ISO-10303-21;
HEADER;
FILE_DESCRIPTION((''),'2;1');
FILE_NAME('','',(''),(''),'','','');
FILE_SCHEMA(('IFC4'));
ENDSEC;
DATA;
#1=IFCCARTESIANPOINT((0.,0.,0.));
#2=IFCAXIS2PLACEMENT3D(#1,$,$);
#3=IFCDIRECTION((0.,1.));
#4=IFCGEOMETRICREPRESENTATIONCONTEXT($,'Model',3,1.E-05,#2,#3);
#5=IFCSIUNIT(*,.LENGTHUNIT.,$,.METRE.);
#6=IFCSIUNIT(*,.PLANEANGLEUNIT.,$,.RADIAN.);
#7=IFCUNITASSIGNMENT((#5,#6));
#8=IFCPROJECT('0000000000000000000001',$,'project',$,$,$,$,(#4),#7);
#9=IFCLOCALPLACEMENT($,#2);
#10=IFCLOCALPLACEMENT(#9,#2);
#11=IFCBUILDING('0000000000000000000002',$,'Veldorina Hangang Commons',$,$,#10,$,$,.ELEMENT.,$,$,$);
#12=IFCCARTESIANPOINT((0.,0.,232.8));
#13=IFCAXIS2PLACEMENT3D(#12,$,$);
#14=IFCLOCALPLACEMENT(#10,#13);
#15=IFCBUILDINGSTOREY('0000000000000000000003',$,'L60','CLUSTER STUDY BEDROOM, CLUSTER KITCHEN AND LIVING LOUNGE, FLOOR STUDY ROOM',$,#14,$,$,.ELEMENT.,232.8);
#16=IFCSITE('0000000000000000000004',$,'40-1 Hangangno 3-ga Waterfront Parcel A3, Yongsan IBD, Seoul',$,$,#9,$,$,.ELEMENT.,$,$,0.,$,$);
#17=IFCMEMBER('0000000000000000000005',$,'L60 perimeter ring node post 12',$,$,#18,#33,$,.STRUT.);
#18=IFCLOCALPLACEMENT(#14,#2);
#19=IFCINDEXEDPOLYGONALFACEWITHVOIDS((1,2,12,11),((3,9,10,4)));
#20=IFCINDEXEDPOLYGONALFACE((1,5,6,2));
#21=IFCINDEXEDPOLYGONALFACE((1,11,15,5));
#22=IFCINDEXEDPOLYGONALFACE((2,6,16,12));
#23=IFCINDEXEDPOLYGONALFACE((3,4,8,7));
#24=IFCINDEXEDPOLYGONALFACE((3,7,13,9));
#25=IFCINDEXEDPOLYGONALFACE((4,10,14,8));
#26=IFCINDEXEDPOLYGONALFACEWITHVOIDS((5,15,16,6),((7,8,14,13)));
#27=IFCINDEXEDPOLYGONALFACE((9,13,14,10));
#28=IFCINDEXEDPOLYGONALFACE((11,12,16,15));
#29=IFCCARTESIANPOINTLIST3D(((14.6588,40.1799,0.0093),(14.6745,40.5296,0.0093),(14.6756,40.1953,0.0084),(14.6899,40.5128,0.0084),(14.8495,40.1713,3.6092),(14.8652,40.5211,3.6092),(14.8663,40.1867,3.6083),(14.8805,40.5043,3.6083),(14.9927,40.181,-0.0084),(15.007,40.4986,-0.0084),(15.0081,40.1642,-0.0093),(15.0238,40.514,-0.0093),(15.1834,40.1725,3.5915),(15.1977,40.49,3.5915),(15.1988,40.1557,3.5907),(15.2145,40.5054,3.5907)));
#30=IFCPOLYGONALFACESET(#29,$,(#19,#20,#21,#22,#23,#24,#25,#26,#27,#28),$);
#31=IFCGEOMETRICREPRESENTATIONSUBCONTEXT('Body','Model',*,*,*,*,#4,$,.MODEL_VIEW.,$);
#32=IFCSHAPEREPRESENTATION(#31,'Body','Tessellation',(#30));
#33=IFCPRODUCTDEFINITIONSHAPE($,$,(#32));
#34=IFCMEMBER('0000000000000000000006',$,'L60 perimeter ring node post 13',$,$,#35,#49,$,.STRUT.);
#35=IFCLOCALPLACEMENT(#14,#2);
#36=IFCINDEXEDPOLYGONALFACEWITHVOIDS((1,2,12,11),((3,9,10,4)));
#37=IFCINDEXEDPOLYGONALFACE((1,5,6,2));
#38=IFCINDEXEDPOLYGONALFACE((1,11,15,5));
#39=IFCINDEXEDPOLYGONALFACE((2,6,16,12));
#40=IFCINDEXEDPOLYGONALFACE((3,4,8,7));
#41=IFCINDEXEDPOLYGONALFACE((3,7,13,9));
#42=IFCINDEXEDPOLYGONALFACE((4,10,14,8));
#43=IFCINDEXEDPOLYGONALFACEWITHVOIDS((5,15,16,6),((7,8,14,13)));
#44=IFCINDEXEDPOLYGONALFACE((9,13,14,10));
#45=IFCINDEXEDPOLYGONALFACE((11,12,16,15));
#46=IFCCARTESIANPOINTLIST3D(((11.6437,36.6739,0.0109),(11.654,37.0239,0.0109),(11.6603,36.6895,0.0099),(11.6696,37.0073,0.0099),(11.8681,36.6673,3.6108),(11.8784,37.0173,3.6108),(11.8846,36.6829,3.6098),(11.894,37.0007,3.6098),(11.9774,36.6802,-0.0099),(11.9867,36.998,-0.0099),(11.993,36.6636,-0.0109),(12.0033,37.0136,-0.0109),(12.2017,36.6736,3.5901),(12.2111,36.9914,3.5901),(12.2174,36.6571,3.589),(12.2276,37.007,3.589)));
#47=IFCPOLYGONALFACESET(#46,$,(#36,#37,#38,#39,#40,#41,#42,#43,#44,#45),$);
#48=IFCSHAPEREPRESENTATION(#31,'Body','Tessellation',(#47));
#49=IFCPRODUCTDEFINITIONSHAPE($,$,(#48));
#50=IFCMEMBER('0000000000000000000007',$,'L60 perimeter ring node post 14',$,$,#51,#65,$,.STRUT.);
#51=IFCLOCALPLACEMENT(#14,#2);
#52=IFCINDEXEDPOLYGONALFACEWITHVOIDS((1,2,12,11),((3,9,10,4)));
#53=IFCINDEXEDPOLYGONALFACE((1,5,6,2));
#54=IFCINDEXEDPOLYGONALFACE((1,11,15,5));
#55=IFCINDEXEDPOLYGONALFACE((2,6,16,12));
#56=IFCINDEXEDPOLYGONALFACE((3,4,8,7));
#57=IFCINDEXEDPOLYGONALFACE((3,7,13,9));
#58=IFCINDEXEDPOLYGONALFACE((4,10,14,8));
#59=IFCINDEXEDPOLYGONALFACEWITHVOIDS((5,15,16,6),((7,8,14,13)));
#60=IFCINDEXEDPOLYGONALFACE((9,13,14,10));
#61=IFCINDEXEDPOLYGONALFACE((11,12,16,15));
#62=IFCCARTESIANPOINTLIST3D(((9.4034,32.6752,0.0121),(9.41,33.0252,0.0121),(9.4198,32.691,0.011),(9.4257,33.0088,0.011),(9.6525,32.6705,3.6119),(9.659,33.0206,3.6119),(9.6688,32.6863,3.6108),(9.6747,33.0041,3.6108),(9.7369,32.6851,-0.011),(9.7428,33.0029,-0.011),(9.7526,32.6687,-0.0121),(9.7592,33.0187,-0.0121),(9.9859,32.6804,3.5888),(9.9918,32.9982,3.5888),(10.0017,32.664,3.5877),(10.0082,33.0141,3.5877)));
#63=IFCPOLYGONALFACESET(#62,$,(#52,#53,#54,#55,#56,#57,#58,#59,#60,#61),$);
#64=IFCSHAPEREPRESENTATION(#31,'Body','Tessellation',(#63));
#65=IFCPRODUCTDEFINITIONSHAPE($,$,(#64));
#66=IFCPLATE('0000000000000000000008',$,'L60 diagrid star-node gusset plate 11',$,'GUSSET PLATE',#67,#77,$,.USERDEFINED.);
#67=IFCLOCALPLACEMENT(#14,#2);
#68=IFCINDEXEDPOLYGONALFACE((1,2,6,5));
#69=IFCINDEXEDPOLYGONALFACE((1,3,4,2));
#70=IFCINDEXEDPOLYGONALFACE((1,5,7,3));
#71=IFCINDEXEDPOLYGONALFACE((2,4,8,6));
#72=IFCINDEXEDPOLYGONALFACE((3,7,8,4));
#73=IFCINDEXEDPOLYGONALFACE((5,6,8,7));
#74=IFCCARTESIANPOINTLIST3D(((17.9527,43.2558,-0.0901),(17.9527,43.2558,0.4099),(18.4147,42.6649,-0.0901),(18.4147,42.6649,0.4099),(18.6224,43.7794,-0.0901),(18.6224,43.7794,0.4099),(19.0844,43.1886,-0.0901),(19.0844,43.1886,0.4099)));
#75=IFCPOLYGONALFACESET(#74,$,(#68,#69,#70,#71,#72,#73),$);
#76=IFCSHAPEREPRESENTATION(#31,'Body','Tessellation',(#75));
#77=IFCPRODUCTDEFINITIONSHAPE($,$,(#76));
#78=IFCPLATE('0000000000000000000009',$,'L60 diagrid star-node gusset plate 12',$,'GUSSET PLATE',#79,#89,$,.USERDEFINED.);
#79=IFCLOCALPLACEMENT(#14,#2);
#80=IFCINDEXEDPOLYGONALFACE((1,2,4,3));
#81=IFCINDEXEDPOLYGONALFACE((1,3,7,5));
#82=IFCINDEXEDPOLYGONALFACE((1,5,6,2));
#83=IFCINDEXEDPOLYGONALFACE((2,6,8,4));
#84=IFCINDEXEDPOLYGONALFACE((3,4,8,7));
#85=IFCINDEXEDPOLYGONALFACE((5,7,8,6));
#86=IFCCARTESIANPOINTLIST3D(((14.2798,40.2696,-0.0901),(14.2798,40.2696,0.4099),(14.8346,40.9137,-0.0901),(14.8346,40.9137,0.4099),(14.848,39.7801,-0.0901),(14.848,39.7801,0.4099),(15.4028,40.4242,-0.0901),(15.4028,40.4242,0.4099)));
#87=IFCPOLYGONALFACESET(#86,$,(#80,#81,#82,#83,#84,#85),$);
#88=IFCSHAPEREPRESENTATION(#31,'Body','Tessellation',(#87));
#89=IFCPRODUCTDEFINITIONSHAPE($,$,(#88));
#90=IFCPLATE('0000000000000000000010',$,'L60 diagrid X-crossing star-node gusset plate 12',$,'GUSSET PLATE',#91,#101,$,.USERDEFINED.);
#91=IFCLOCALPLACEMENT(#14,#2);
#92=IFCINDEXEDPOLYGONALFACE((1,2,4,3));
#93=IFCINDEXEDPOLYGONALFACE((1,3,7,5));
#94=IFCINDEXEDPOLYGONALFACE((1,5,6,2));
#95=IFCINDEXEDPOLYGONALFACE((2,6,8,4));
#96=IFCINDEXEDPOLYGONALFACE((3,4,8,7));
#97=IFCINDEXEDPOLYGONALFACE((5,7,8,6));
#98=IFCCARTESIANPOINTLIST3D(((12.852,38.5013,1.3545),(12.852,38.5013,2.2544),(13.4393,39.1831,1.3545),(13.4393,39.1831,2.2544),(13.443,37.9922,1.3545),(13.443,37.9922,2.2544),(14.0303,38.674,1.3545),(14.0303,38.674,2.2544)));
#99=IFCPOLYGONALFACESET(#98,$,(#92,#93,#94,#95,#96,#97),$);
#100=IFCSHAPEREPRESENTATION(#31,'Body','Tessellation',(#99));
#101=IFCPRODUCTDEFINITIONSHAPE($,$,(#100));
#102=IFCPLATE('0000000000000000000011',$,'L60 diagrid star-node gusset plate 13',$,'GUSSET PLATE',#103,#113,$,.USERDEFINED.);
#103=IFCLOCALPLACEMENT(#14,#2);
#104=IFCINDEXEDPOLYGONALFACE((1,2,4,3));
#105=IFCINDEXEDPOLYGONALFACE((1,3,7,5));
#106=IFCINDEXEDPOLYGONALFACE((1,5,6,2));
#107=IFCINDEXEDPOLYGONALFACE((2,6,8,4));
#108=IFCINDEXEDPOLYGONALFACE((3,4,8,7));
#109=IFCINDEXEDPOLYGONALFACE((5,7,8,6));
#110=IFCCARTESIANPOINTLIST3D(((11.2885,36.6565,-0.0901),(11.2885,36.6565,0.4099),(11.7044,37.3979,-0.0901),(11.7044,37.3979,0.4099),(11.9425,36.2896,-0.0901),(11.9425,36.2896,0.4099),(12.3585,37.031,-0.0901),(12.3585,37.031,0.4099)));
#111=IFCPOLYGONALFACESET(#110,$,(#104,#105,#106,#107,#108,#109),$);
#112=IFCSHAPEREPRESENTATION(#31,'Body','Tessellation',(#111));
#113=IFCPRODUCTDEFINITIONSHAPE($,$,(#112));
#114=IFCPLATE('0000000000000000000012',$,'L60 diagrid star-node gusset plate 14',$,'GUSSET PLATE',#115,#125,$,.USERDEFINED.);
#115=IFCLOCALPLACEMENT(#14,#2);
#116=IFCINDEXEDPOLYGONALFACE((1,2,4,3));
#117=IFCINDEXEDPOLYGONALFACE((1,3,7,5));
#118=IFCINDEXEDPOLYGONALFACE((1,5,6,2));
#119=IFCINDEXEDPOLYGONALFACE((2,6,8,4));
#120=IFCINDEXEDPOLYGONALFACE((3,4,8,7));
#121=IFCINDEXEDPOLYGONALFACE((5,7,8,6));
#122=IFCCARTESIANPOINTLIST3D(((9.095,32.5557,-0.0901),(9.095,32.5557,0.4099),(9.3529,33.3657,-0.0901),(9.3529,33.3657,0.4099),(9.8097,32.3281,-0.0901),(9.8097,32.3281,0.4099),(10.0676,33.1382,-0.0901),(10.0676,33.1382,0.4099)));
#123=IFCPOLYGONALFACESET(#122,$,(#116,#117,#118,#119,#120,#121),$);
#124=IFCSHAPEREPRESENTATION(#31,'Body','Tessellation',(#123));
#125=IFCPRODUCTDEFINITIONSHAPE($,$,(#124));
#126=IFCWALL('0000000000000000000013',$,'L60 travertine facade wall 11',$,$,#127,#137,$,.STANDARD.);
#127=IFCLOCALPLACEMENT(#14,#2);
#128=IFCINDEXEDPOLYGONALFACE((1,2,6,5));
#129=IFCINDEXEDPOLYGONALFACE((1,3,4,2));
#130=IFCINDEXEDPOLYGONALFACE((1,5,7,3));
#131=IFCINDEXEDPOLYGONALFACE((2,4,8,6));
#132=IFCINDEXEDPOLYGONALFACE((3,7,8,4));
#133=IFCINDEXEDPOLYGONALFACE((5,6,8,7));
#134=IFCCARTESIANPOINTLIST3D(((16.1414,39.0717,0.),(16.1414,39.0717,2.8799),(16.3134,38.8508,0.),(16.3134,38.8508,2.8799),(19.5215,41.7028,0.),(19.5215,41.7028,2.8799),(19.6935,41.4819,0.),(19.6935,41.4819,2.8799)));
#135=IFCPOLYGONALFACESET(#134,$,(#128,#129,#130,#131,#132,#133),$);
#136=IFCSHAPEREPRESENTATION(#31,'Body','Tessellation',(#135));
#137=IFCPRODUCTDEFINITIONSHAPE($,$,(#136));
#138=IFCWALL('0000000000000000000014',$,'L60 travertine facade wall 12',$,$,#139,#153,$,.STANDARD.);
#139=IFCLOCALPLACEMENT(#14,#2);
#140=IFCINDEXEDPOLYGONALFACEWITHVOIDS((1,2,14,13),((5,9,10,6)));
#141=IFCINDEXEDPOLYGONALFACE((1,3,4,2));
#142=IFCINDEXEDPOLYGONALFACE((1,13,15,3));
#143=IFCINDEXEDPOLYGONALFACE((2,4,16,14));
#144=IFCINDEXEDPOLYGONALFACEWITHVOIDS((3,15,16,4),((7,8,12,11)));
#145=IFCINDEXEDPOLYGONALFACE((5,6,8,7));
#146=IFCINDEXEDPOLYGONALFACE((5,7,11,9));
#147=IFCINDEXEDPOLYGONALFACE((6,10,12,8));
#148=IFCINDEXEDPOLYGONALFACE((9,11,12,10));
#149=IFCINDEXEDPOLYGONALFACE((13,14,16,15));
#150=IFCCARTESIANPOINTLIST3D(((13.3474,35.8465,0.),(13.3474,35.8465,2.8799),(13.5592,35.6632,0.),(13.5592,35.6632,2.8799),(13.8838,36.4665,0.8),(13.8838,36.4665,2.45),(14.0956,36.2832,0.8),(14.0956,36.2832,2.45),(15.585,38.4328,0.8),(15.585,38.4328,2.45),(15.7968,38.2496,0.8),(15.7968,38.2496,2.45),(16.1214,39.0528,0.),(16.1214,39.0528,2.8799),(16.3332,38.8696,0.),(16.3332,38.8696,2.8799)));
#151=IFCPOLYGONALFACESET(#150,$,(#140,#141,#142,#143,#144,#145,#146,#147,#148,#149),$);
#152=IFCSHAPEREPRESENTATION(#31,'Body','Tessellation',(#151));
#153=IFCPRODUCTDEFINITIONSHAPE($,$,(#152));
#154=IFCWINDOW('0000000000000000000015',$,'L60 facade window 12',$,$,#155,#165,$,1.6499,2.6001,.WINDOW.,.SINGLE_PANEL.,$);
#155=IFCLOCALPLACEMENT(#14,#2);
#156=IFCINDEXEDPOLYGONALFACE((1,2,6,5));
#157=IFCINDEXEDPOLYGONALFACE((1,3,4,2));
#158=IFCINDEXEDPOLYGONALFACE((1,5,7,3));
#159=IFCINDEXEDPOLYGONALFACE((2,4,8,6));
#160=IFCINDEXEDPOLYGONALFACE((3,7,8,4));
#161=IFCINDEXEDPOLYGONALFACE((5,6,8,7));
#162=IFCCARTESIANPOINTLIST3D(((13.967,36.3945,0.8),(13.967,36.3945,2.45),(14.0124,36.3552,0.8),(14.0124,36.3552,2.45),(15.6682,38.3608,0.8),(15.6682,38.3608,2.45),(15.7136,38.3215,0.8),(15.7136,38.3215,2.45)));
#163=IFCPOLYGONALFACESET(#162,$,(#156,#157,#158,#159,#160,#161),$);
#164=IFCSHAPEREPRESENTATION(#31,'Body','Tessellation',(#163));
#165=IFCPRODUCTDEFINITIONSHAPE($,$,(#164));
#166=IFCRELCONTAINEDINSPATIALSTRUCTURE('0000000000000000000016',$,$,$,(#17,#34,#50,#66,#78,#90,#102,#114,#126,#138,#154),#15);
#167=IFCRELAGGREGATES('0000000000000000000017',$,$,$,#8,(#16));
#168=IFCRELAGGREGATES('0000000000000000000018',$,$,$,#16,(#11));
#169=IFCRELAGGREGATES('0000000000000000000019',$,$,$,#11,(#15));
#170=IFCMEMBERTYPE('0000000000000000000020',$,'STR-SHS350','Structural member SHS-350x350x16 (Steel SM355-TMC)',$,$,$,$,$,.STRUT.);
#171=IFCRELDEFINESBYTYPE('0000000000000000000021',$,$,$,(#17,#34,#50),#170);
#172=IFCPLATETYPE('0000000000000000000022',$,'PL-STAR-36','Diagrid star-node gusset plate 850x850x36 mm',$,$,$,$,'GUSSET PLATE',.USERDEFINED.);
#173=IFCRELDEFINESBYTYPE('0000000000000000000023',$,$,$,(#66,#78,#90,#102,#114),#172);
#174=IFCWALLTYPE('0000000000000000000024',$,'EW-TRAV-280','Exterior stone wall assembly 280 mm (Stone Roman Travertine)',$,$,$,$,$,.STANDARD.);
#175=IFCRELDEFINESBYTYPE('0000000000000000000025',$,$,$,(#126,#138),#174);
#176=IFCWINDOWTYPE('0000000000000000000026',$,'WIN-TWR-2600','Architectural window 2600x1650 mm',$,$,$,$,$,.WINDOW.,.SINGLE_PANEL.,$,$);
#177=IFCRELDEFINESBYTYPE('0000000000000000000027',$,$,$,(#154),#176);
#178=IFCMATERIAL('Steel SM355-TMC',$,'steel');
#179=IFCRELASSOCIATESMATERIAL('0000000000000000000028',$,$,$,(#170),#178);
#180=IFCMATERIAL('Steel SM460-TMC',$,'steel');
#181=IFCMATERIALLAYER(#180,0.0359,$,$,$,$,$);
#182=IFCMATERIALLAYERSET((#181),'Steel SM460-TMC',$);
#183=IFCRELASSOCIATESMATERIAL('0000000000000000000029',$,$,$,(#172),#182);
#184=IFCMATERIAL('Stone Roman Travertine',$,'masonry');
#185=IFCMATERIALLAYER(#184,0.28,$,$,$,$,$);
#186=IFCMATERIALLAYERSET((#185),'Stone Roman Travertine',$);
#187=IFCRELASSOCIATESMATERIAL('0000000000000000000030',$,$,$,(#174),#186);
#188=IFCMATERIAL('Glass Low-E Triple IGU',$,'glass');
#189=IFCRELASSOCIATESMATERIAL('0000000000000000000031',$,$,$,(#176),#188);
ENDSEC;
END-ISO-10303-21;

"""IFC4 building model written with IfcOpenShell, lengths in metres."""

from ifc_helpers import new_model, si_unit, direction, frame, frame_2d, origin, origin_2d, place, context, subcontext, project, spatial, rectangle, hollow_rectangle, extrude, material, layer, layer_set, material_profile, profile_set, type_object, element, fill, save


model = new_model("IFC4")

# Units and contexts
model_context = context("Model", 3, precision=1e-05, world=origin(), true_north=direction((0.0, 1.0)))
body_context = subcontext(model_context, "Body", "Model", "MODEL_VIEW")
ifc_project = project(units=[si_unit("LENGTHUNIT", "METRE"), si_unit("PLANEANGLEUNIT", "RADIAN")], contexts=[model_context])

# Site, building, storey
site_placement = place(None, origin())
site = spatial("IfcSite", under=ifc_project, at=site_placement, Name="40-1 Hangangno 3-ga Waterfront Parcel A3, Yongsan IBD, Seoul", CompositionType="ELEMENT", RefElevation=0.0)
building_placement = place(site_placement, origin())
building = spatial("IfcBuilding", under=site, at=building_placement, Name="Veldorina Hangang Commons", CompositionType="ELEMENT")
storey_placement = place(building_placement, frame((0.0, 0.0, 232.8)))
storey = spatial("IfcBuildingStorey", under=building, at=storey_placement, Name="L60", Description="CLUSTER STUDY BEDROOM, CLUSTER KITCHEN AND LIVING LOUNGE, FLOOR STUDY ROOM", CompositionType="ELEMENT", Elevation=232.8)

# Shared definitions
ifc_material_1 = material(Name="Steel SM355-TMC", Category="steel")

# Members
ifc_material_profile_1 = material_profile(ifc_material_1, hollow_rectangle(XDim=0.3501, YDim=0.3501, WallThickness=0.0161, at=origin_2d()), Name="SHS-350x350x16")
ifc_profile_set_1 = profile_set([ifc_material_profile_1], Name="Steel SM355-TMC")
member_type_1 = type_object("IfcMemberType", Name="STR-SHS350", Description="Structural member SHS-350x350x16 (Steel SM355-TMC)", PredefinedType="STRUT", material=ifc_profile_set_1)
member_1_placement = place(storey_placement, frame((14.8413, 40.3469, 0.0), z_axis=(0.052893, -0.00237, 0.998597), x_axis=(0.044769, 0.998997, 0.0)))
element("IfcMember", 1, at=member_1_placement, inside=storey, type_object=member_type_1, Name="L60 perimeter ring node post 12", PredefinedType="STRUT", context=body_context, shape_type="SweptSolid", body=[
    extrude(hollow_rectangle(XDim=0.3501, YDim=0.3501, WallThickness=0.0161, at=origin_2d()), origin(), (0.0, 0.0, 1.0), 3.605),
])
member_2_placement = place(storey_placement, frame((11.8235, 36.8438, 0.0), z_axis=(0.062205, -0.001828, 0.998062), x_axis=(0.029367, 0.999569, 0.0)))
element("IfcMember", 2, at=member_2_placement, inside=storey, type_object=member_type_1, Name="L60 perimeter ring node post 13", PredefinedType="STRUT", context=body_context, shape_type="SweptSolid", body=[
    extrude(hollow_rectangle(XDim=0.3501, YDim=0.3501, WallThickness=0.0161, at=origin_2d()), origin(), (0.0, 0.0, 1.0), 3.6069),
])
member_3_placement = place(storey_placement, frame((9.5813, 32.8469, 0.0), z_axis=(0.069011, -0.001285, 0.997615), x_axis=(0.018624, 0.999827, 0.0)))
element("IfcMember", 3, at=member_3_placement, inside=storey, type_object=member_type_1, Name="L60 perimeter ring node post 14", PredefinedType="STRUT", context=body_context, shape_type="SweptSolid", body=[
    extrude(hollow_rectangle(XDim=0.3501, YDim=0.3501, WallThickness=0.0161, at=origin_2d()), origin(), (0.0, 0.0, 1.0), 3.6084),
])

# Plates
ifc_material_2 = material(Name="Steel SM460-TMC", Category="steel")
ifc_layer_1 = layer(ifc_material_2, 0.0359)
ifc_layer_set_1 = layer_set([ifc_layer_1], Name="Steel SM460-TMC")
plate_type = type_object("IfcPlateType", Name="PL-STAR-36", Description="Diagrid star-node gusset plate 850x850x36 mm", ElementType="GUSSET PLATE", PredefinedType="USERDEFINED", material=ifc_layer_set_1)
for number, where, z_axis, x_axis, name in (
    (4, (18.5186, 43.2222, -0.0901), (0.0, 0.0, 1.0), (-0.787785, -0.61595, 0.0), "L60 diagrid star-node gusset plate 11"),
    (5, (14.8413, 40.3469, -0.0901), (0.0, 0.0, 1.0), (-0.652667, -0.757645, 0.0), "L60 diagrid star-node gusset plate 12"),
):
    element("IfcPlate", number, at=place(storey_placement, frame(where, z_axis=z_axis, x_axis=x_axis)), inside=storey, type_object=plate_type, Name=name, ObjectType="GUSSET PLATE", PredefinedType="USERDEFINED", context=body_context, shape_type="SweptSolid", body=[
        extrude(rectangle(XDim=0.8501, YDim=0.75, at=origin_2d()), origin(), (0.0, 0.0, 1.0), 0.5),
    ])
plate_placement = place(storey_placement, frame((13.4412, 38.5876, 1.3545), z_axis=(0.0, 0.0, 1.0), x_axis=(-0.652667, -0.757645, 0.0)))
element("IfcPlate", 6, at=plate_placement, inside=storey, type_object=plate_type, Name="L60 diagrid X-crossing star-node gusset plate 12", ObjectType="GUSSET PLATE", PredefinedType="USERDEFINED", context=body_context, shape_type="SweptSolid", body=[
    extrude(rectangle(XDim=0.8999, YDim=0.78, at=origin_2d()), origin(), (0.0, 0.0, 1.0), 0.8999),
])
for number, where, z_axis, x_axis, name in (
    (7, (11.8235, 36.8438, -0.0901), (0.0, 0.0, 1.0), (-0.489306, -0.872112, 0.0), "L60 diagrid star-node gusset plate 13"),
    (8, (9.5813, 32.8469, -0.0901), (0.0, 0.0, 1.0), (-0.303385, -0.952868, 0.0), "L60 diagrid star-node gusset plate 14"),
):
    element("IfcPlate", number, at=place(storey_placement, frame(where, z_axis=z_axis, x_axis=x_axis)), inside=storey, type_object=plate_type, Name=name, ObjectType="GUSSET PLATE", PredefinedType="USERDEFINED", context=body_context, shape_type="SweptSolid", body=[
        extrude(rectangle(XDim=0.8501, YDim=0.75, at=origin_2d()), origin(), (0.0, 0.0, 1.0), 0.5),
    ])

# Wall
ifc_material_3 = material(Name="Stone Roman Travertine", Category="masonry")
ifc_layer_2 = layer(ifc_material_3, 0.28)
ifc_layer_set_2 = layer_set([ifc_layer_2], Name="Stone Roman Travertine")
wall_type_1 = type_object("IfcWallType", Name="EW-TRAV-280", Description="Exterior stone wall assembly 280 mm (Stone Roman Travertine)", PredefinedType="STANDARD", material=ifc_layer_set_2)
wall_1_placement = place(storey_placement, frame((19.6074, 41.5923, 0.0), z_axis=(0.0, 0.0, 1.0), x_axis=(-0.789113, -0.614248, 0.0)))
element("IfcWall", 9, at=wall_1_placement, inside=storey, type_object=wall_type_1, Name="L60 travertine facade wall 11", PredefinedType="STANDARD", context=body_context, shape_type="SweptSolid", body=[
    extrude(rectangle(XDim=4.2834, YDim=0.28, at=frame_2d((2.1416, 0.0))), origin(), (0.0, 0.0, 1.0), 2.8799),
])

# Wall, opening, window
wall_2_placement = place(storey_placement, frame((16.2273, 38.9612, 0.0), z_axis=(0.0, 0.0, 1.0), x_axis=(-0.654275, -0.756257, 0.0)))
wall_2 = element("IfcWall", 10, at=wall_2_placement, inside=storey, type_object=wall_type_1, Name="L60 travertine facade wall 12", PredefinedType="STANDARD", context=body_context, shape_type="SweptSolid", body=[
    extrude(rectangle(XDim=4.2397, YDim=0.28, at=frame_2d((2.1199, 0.0))), origin(), (0.0, 0.0, 1.0), 2.8799),
])
opening_1_placement = place(wall_2_placement, frame((0.8198, 0.0, 0.8)))
opening_1 = element("IfcOpeningElement", 11, at=opening_1_placement, cuts=wall_2, PredefinedType="OPENING", context=body_context, shape_type="SweptSolid", body=[
    extrude(rectangle(XDim=2.6001, YDim=1.6499, at=frame_2d((1.3, 0.825))), frame((0.0, 0.1499, 0.0), z_axis=(0.0, -1.0, 0.0), x_axis=(1.0, 0.0, 0.0)), (0.0, 0.0, 1.0), 0.3),
])
ifc_material_4 = material(Name="Glass Low-E Triple IGU", Category="glass")
window_type = type_object("IfcWindowType", Name="WIN-TWR-2600", Description="Architectural window 2600x1650 mm", PartitioningType="SINGLE_PANEL", PredefinedType="WINDOW", material=ifc_material_4)
window_1_placement = place(opening_1_placement, origin())
window_1 = element("IfcWindow", 12, at=window_1_placement, inside=storey, type_object=window_type, Name="L60 facade window 12", OverallHeight=1.6499, OverallWidth=2.6001, PartitioningType="SINGLE_PANEL", PredefinedType="WINDOW", context=body_context, shape_type="SweptSolid", body=[
    extrude(rectangle(XDim=2.6001, YDim=1.6499, at=frame_2d((1.3, 0.825))), frame((0.0, 0.03, 0.0), z_axis=(0.0, -1.0, 0.0), x_axis=(1.0, 0.0, 0.0)), (0.0, 0.0, 1.0), 0.0601),
])
fill(opening_1, window_1)

save(model, "model.ifc")
